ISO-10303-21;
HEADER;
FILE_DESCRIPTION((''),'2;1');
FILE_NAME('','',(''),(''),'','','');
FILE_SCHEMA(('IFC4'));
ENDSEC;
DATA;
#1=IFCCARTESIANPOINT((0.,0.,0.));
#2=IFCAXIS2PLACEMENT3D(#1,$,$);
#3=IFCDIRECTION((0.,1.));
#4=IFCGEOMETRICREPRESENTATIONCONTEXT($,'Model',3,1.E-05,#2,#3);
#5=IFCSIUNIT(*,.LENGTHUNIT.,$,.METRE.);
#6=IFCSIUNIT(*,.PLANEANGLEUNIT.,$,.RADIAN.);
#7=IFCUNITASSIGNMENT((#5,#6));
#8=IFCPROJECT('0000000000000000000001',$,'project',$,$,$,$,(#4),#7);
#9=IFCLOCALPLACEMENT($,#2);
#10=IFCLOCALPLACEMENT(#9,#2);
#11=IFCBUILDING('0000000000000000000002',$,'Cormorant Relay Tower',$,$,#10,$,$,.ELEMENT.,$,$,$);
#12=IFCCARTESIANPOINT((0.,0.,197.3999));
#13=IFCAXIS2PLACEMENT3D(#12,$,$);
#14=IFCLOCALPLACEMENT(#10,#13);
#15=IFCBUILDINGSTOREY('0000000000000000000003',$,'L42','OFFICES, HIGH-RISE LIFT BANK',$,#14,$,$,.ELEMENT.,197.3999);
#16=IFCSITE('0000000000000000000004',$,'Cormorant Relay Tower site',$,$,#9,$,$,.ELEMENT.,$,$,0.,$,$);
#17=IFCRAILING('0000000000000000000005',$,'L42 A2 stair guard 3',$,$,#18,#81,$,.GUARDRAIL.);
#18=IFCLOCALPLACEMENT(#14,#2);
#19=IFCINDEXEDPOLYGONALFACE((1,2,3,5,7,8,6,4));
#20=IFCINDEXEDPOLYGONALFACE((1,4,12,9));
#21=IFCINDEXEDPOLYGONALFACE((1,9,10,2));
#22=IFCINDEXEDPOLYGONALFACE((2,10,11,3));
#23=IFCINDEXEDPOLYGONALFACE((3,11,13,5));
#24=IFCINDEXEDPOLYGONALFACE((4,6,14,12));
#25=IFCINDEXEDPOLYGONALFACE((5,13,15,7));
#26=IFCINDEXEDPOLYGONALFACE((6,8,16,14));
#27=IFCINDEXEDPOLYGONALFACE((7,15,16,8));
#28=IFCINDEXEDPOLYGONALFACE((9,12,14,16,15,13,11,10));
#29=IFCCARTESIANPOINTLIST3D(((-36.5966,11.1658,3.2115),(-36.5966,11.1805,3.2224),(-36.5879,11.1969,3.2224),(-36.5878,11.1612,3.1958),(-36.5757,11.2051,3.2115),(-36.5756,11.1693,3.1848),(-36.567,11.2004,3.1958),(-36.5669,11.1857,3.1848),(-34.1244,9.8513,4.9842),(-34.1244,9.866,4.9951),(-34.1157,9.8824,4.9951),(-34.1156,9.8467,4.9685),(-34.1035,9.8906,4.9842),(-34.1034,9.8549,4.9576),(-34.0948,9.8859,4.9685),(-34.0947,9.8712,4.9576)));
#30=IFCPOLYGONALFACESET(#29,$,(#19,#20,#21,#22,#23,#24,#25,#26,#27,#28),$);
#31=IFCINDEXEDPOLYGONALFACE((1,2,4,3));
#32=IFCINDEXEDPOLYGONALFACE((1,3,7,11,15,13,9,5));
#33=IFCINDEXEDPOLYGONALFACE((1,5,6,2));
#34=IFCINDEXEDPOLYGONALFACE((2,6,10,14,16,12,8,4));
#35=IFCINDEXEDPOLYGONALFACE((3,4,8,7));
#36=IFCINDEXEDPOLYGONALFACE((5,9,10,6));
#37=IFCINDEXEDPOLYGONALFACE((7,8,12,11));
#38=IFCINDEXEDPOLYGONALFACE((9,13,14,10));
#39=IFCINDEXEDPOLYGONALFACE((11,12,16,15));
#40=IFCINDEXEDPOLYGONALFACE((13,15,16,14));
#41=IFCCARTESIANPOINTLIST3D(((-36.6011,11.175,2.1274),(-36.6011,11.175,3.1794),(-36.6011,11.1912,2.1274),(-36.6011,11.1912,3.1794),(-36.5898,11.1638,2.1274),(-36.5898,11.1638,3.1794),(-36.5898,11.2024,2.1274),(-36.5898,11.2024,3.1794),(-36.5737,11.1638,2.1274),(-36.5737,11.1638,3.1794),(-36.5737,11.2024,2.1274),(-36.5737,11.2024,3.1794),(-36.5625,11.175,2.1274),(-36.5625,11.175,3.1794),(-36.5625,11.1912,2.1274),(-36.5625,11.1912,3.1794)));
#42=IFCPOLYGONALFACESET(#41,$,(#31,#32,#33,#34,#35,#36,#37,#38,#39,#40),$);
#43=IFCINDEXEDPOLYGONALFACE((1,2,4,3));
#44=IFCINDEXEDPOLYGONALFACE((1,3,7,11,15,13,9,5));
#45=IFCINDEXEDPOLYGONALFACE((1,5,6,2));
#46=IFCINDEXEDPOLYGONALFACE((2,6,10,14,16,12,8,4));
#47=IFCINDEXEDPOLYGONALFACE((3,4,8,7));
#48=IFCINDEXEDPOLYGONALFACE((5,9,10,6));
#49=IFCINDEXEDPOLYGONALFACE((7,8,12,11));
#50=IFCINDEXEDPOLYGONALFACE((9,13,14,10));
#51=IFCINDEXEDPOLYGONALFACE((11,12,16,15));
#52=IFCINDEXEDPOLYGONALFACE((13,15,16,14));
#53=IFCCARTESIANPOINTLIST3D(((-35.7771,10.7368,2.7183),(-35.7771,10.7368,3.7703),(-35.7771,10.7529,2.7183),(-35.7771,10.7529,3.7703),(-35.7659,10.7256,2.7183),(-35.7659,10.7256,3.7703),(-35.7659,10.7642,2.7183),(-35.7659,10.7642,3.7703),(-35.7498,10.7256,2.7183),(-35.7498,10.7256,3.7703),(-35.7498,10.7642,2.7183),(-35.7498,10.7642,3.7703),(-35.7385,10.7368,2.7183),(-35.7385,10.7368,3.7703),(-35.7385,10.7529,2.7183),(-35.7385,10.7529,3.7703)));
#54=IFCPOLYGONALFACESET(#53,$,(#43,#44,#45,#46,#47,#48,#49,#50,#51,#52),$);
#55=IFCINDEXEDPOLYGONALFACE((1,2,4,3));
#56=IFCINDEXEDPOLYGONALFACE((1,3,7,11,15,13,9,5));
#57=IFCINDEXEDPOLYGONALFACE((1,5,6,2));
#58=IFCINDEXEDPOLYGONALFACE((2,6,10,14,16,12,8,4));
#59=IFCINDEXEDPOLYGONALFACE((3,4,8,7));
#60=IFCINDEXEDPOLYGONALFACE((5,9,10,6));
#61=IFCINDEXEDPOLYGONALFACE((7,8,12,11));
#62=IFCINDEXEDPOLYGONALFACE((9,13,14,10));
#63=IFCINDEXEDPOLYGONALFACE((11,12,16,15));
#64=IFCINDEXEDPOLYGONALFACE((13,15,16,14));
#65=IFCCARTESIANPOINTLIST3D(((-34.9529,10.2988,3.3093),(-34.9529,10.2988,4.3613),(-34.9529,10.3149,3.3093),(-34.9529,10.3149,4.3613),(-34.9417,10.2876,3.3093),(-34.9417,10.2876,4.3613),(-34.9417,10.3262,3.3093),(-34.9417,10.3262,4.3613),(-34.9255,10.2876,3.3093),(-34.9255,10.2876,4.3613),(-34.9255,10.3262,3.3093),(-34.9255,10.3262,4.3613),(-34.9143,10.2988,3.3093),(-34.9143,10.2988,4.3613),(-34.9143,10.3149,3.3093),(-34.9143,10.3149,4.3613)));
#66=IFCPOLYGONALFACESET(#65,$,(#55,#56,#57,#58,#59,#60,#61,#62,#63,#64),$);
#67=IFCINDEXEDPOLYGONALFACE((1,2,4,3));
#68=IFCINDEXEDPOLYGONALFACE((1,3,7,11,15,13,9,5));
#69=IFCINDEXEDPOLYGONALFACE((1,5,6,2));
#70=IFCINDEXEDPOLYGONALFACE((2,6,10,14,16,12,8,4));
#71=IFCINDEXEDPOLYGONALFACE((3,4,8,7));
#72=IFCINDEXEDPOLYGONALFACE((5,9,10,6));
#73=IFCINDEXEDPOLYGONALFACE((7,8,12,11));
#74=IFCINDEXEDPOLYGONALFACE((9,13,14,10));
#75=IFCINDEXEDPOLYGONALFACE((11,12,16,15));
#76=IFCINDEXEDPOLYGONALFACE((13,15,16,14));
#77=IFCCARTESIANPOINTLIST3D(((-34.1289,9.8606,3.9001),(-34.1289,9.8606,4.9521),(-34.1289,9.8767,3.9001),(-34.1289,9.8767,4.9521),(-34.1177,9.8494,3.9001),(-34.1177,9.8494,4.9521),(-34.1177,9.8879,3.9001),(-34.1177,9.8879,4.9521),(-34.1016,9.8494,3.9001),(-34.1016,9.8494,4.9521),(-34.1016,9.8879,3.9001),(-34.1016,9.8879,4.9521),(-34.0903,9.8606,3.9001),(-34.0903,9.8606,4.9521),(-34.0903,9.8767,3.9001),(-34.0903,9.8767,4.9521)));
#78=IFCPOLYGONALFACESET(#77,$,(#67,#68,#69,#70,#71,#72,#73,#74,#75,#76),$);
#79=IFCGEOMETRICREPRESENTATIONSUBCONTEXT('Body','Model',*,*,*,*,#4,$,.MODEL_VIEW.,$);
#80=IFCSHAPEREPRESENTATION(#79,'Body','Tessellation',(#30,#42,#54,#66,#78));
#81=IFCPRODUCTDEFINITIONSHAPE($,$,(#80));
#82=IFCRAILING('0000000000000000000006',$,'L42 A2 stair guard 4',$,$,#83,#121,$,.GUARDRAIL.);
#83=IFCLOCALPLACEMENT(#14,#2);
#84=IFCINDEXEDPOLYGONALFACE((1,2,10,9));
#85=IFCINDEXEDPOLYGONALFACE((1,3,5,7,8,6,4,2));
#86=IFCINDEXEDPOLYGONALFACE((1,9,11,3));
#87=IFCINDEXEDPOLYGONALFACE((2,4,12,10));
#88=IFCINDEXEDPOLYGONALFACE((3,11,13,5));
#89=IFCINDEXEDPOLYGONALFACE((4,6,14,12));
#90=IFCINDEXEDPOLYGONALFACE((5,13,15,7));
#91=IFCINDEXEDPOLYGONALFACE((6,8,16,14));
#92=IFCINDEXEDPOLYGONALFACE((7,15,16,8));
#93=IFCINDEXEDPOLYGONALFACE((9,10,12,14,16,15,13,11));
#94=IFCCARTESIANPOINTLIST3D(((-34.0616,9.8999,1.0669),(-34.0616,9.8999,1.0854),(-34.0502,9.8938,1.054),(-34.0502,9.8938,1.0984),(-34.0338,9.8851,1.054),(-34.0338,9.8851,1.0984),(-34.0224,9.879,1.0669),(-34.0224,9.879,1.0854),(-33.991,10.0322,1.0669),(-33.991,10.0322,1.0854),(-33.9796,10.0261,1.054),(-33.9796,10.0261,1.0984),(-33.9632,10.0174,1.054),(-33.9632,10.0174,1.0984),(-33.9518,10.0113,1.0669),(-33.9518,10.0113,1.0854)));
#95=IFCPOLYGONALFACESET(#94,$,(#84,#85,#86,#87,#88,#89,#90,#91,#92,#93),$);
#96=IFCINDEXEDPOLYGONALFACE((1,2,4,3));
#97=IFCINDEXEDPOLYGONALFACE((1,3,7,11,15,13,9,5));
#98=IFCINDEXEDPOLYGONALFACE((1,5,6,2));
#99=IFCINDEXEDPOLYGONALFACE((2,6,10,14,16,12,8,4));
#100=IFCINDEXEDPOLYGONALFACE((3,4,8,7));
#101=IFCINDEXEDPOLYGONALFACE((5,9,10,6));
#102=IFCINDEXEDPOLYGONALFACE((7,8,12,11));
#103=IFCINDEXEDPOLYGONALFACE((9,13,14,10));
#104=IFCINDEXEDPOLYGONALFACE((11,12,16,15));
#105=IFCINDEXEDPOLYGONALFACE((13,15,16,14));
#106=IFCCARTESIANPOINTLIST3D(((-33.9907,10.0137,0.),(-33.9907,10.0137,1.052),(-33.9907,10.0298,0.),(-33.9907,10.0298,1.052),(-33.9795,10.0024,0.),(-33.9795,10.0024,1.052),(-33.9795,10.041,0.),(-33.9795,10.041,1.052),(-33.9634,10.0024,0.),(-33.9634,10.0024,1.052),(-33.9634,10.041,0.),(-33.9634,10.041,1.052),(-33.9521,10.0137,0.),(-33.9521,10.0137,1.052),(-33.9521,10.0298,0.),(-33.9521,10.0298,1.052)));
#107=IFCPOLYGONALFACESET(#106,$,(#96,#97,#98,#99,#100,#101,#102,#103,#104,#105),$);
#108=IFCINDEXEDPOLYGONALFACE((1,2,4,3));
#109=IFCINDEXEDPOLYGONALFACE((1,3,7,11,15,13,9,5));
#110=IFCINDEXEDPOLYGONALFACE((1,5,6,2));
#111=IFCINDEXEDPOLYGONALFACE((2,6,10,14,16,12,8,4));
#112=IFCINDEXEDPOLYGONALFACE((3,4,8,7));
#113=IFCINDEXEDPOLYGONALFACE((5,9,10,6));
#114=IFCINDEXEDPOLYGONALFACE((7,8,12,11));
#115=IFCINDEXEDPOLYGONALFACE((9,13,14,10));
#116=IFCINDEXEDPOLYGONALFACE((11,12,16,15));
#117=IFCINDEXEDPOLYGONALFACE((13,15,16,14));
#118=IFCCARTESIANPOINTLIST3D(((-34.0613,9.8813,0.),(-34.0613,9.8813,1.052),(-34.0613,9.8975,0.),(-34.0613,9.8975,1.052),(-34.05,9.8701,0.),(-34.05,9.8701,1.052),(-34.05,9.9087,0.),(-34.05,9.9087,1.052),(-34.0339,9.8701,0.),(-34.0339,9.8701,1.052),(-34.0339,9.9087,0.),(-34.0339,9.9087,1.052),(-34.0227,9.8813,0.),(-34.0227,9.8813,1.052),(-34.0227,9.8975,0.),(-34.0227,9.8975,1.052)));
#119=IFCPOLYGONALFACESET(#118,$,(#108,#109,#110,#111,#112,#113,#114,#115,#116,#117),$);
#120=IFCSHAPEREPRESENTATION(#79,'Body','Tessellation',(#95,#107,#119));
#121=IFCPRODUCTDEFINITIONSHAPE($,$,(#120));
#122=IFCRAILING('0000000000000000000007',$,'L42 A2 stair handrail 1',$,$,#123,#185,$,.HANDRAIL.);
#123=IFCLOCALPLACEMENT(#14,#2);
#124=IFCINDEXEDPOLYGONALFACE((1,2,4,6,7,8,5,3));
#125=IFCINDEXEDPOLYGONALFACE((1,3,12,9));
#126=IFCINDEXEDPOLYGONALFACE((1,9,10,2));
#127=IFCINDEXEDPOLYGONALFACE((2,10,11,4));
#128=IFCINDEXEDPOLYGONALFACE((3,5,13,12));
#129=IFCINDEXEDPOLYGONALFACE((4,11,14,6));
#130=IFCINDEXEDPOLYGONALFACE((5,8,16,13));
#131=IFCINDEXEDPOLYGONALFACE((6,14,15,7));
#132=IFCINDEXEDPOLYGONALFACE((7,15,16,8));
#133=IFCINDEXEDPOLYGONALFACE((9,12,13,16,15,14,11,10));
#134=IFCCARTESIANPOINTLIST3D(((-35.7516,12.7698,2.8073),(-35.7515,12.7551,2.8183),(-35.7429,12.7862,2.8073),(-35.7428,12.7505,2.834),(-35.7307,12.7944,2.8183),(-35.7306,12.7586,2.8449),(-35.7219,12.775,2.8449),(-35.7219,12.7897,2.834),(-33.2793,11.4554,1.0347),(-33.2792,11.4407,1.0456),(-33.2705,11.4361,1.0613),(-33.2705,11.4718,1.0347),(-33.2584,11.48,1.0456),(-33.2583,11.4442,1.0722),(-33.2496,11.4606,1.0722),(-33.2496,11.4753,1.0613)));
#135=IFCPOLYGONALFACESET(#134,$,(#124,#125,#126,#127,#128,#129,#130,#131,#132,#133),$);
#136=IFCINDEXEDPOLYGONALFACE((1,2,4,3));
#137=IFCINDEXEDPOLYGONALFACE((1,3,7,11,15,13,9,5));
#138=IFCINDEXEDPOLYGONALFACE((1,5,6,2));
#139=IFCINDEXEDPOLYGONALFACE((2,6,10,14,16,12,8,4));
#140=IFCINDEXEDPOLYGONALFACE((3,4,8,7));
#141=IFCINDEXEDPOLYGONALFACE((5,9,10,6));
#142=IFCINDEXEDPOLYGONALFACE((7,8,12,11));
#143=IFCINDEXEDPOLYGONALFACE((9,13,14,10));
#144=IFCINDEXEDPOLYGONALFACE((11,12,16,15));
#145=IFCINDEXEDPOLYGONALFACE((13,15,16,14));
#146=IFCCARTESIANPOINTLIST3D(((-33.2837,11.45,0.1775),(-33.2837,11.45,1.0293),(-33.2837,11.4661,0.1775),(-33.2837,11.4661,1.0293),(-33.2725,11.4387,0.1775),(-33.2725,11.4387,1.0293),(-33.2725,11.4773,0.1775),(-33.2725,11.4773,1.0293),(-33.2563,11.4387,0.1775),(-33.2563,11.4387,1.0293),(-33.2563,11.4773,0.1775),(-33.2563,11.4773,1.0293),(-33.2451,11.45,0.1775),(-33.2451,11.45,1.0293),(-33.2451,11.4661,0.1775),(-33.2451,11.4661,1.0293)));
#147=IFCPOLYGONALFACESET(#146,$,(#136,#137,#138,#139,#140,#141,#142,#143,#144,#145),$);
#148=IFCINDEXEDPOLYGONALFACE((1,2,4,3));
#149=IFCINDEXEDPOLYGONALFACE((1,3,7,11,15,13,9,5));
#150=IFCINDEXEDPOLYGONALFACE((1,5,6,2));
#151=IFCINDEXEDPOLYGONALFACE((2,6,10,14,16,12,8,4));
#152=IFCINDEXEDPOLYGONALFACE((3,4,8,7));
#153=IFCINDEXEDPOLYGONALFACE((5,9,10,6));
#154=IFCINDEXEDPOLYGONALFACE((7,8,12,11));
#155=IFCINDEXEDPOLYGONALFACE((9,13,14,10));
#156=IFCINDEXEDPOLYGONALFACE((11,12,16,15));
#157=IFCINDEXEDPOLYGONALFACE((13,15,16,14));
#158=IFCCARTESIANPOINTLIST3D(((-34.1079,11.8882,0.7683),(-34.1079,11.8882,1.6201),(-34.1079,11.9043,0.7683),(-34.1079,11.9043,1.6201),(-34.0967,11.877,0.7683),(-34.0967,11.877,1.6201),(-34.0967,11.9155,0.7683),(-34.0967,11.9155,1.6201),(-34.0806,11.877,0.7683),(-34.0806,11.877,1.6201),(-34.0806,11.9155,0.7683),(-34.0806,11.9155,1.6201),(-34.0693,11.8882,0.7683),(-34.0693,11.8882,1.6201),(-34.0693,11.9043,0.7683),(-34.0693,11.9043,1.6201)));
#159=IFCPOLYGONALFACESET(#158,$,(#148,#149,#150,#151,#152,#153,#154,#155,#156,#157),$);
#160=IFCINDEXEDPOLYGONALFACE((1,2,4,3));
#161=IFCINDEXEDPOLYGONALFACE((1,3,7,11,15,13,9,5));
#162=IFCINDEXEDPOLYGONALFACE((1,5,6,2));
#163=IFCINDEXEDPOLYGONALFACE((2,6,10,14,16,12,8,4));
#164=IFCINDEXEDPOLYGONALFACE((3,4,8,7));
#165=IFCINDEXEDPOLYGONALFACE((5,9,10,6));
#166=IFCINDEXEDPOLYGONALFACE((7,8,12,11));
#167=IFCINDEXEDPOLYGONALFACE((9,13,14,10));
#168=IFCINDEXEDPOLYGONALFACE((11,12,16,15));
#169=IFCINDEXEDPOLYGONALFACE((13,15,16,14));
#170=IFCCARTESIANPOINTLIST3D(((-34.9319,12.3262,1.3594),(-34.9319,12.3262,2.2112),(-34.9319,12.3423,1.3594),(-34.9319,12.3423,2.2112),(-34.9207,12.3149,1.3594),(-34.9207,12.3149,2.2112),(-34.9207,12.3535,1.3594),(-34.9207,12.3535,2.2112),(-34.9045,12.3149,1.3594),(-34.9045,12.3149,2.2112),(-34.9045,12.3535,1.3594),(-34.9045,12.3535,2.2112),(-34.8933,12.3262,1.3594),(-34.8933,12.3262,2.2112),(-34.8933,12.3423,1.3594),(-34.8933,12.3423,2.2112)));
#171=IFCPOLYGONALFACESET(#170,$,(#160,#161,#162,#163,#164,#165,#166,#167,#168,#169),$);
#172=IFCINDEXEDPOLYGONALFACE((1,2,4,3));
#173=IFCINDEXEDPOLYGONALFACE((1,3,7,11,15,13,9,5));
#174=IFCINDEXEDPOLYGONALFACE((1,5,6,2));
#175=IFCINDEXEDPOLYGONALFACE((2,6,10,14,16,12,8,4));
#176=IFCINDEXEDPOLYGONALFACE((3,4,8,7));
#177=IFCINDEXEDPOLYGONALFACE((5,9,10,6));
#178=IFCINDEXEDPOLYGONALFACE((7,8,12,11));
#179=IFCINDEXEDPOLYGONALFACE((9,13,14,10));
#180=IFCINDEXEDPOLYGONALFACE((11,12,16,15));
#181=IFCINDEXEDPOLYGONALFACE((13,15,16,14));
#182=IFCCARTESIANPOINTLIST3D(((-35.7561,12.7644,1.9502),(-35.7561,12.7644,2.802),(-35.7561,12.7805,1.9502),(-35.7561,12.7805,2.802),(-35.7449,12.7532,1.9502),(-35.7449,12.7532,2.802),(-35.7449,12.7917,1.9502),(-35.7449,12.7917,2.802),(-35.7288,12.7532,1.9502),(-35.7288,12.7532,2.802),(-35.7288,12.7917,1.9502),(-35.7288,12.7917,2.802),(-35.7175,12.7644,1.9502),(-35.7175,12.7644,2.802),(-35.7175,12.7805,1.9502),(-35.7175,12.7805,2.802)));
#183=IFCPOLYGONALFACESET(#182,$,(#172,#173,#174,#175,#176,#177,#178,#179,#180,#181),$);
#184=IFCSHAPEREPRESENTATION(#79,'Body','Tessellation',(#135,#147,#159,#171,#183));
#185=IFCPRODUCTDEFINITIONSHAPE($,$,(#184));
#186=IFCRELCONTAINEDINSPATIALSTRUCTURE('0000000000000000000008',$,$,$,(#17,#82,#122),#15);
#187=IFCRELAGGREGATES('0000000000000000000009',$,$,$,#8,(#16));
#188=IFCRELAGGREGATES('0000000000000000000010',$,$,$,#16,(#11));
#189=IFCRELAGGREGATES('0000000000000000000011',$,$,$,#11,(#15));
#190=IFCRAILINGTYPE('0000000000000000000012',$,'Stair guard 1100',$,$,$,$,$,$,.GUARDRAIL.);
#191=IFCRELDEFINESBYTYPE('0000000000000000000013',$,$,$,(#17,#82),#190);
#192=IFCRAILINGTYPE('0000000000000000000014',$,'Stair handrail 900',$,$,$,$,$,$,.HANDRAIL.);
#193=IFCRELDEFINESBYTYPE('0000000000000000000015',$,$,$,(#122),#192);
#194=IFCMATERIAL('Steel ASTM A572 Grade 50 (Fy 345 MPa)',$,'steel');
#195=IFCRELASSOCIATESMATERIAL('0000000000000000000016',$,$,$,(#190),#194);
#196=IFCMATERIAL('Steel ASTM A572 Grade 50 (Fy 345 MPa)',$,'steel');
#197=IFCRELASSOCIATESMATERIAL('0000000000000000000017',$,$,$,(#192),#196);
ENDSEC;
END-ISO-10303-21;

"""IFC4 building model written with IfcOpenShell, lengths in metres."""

from ifc_helpers import new_model, si_unit, direction, frame, origin, place, context, subcontext, project, spatial, polyline, outline, extrude, material, type_object, element, save


model = new_model("IFC4")

# Units and contexts
model_context = context("Model", 3, precision=1e-05, world=origin(), true_north=direction((0.0, 1.0)))
body_context = subcontext(model_context, "Body", "Model", "MODEL_VIEW")
ifc_project = project(units=[si_unit("LENGTHUNIT", "METRE"), si_unit("PLANEANGLEUNIT", "RADIAN")], contexts=[model_context])

# Site, building, storey
site_placement = place(None, origin())
site = spatial("IfcSite", under=ifc_project, at=site_placement, Name="Cormorant Relay Tower site", CompositionType="ELEMENT", RefElevation=0.0)
building_placement = place(site_placement, origin())
building = spatial("IfcBuilding", under=site, at=building_placement, Name="Cormorant Relay Tower", CompositionType="ELEMENT")
storey_placement = place(building_placement, frame((0.0, 0.0, 197.3999)))
storey = spatial("IfcBuildingStorey", under=building, at=storey_placement, Name="L42", Description="OFFICES, HIGH-RISE LIFT BANK", CompositionType="ELEMENT", Elevation=197.3999)

# Railings
ifc_material_1 = material(Name="Steel ASTM A572 Grade 50 (Fy 345 MPa)", Category="steel")
railing_type_1 = type_object("IfcRailingType", Name="Stair guard 1100", PredefinedType="GUARDRAIL", material=ifc_material_1)
railing_1_placement = place(storey_placement, frame((-36.5818, 11.1831, 2.1274)))
element("IfcRailing", 1, at=railing_1_placement, inside=storey, type_object=railing_type_1, Name="L42 A2 stair guard 3", PredefinedType="GUARDRAIL", context=body_context, shape_type="SweptSolid", body=[
    extrude(outline(polyline([(0.0222, 0.0093), (0.0093, 0.0222), (-0.0093, 0.0222), (-0.0222, 0.0093), (-0.0222, -0.0093), (-0.0093, -0.0222), (0.0093, -0.0222), (0.0222, -0.0093), (0.0222, 0.0093)])), frame((0.0, 0.0, 1.0762), z_axis=(0.746001, -0.396649, 0.534931), x_axis=(0.469465, 0.882951, 0.0)), (0.0, 0.0, 1.0), 3.314),
    extrude(outline(polyline([(0.0193, 0.0081), (0.0081, 0.0193), (-0.0081, 0.0193), (-0.0193, 0.0081), (-0.0193, -0.0081), (-0.0081, -0.0193), (0.0081, -0.0193), (0.0193, -0.0081), (0.0193, 0.0081)])), origin(), (0.0, 0.0, 1.0), 1.052),
    extrude(outline(polyline([(0.0193, 0.0081), (0.0081, 0.0193), (-0.0081, 0.0193), (-0.0193, 0.0081), (-0.0193, -0.0081), (-0.0081, -0.0193), (0.0081, -0.0193), (0.0193, -0.0081), (0.0193, 0.0081)])), frame((0.824, -0.4382, 0.5908)), (0.0, 0.0, 1.0), 1.052),
    extrude(outline(polyline([(0.0193, 0.0081), (0.0081, 0.0193), (-0.0081, 0.0193), (-0.0193, 0.0081), (-0.0193, -0.0081), (-0.0081, -0.0193), (0.0081, -0.0193), (0.0193, -0.0081), (0.0193, 0.0081)])), frame((1.6482, -0.8762, 1.1819)), (0.0, 0.0, 1.0), 1.052),
    extrude(outline(polyline([(0.0193, 0.0081), (0.0081, 0.0193), (-0.0081, 0.0193), (-0.0193, 0.0081), (-0.0193, -0.0081), (-0.0081, -0.0193), (0.0081, -0.0193), (0.0193, -0.0081), (0.0193, 0.0081)])), frame((2.4722, -1.3145, 1.7727)), (0.0, 0.0, 1.0), 1.052),
])
railing_2_placement = place(storey_placement, frame((-33.9714, 10.0217, 0.0)))
element("IfcRailing", 2, at=railing_2_placement, inside=storey, type_object=railing_type_1, Name="L42 A2 stair guard 4", PredefinedType="GUARDRAIL", context=body_context, shape_type="SweptSolid", body=[
    extrude(outline(polyline([(0.0222, 0.0093), (0.0093, 0.0222), (-0.0093, 0.0222), (-0.0222, 0.0093), (-0.0222, -0.0093), (-0.0093, -0.0222), (0.0093, -0.0222), (0.0222, -0.0093), (0.0222, 0.0093)])), frame((0.0, 0.0, 1.0762), z_axis=(-0.470504, -0.882398, 0.0), x_axis=(0.882398, -0.470504, 0.0)), (0.0, 0.0, 1.0), 0.1499),
    extrude(outline(polyline([(0.0193, 0.0081), (0.0081, 0.0193), (-0.0081, 0.0193), (-0.0193, 0.0081), (-0.0193, -0.0081), (-0.0081, -0.0193), (0.0081, -0.0193), (0.0193, -0.0081), (0.0193, 0.0081)])), origin(), (0.0, 0.0, 1.0), 1.052),
    extrude(outline(polyline([(0.0193, 0.0081), (0.0081, 0.0193), (-0.0081, 0.0193), (-0.0193, 0.0081), (-0.0193, -0.0081), (-0.0081, -0.0193), (0.0081, -0.0193), (0.0193, -0.0081), (0.0193, 0.0081)])), frame((-0.0706, -0.1323, 0.0)), (0.0, 0.0, 1.0), 1.052),
])
ifc_material_2 = material(Name="Steel ASTM A572 Grade 50 (Fy 345 MPa)", Category="steel")
railing_type_2 = type_object("IfcRailingType", Name="Stair handrail 900", PredefinedType="HANDRAIL", material=ifc_material_2)
railing_3_placement = place(storey_placement, frame((-33.2644, 11.458, 0.1775)))
element("IfcRailing", 3, at=railing_3_placement, inside=storey, type_object=railing_type_2, Name="L42 A2 stair handrail 1", PredefinedType="HANDRAIL", context=body_context, shape_type="SweptSolid", body=[
    extrude(outline(polyline([(0.0222, 0.0093), (0.0093, 0.0222), (-0.0093, 0.0222), (-0.0222, 0.0093), (-0.0222, -0.0093), (-0.0093, -0.0222), (0.0093, -0.0222), (0.0222, -0.0093), (0.0222, 0.0093)])), frame((0.0, 0.0, 0.876), z_axis=(-0.746034, 0.396627, 0.534902), x_axis=(-0.469429, -0.88297, 0.0)), (0.0, 0.0, 1.0), 3.314),
    extrude(outline(polyline([(0.0193, 0.0081), (0.0081, 0.0193), (-0.0081, 0.0193), (-0.0193, 0.0081), (-0.0193, -0.0081), (-0.0081, -0.0193), (0.0081, -0.0193), (0.0193, -0.0081), (0.0193, 0.0081)])), origin(), (0.0, 0.0, 1.0), 0.8518),
    extrude(outline(polyline([(0.0193, 0.0081), (0.0081, 0.0193), (-0.0081, 0.0193), (-0.0193, 0.0081), (-0.0193, -0.0081), (-0.0081, -0.0193), (0.0081, -0.0193), (0.0193, -0.0081), (0.0193, 0.0081)])), frame((-0.8242, 0.4382, 0.5908)), (0.0, 0.0, 1.0), 0.8518),
    extrude(outline(polyline([(0.0193, 0.0081), (0.0081, 0.0193), (-0.0081, 0.0193), (-0.0193, 0.0081), (-0.0193, -0.0081), (-0.0081, -0.0193), (0.0081, -0.0193), (0.0193, -0.0081), (0.0193, 0.0081)])), frame((-1.6482, 0.8762, 1.1819)), (0.0, 0.0, 1.0), 0.8518),
    extrude(outline(polyline([(0.0193, 0.0081), (0.0081, 0.0193), (-0.0081, 0.0193), (-0.0193, 0.0081), (-0.0193, -0.0081), (-0.0081, -0.0193), (0.0081, -0.0193), (0.0193, -0.0081), (0.0193, 0.0081)])), frame((-2.4724, 1.3145, 1.7727)), (0.0, 0.0, 1.0), 0.8518),
])

save(model, "model.ifc")
